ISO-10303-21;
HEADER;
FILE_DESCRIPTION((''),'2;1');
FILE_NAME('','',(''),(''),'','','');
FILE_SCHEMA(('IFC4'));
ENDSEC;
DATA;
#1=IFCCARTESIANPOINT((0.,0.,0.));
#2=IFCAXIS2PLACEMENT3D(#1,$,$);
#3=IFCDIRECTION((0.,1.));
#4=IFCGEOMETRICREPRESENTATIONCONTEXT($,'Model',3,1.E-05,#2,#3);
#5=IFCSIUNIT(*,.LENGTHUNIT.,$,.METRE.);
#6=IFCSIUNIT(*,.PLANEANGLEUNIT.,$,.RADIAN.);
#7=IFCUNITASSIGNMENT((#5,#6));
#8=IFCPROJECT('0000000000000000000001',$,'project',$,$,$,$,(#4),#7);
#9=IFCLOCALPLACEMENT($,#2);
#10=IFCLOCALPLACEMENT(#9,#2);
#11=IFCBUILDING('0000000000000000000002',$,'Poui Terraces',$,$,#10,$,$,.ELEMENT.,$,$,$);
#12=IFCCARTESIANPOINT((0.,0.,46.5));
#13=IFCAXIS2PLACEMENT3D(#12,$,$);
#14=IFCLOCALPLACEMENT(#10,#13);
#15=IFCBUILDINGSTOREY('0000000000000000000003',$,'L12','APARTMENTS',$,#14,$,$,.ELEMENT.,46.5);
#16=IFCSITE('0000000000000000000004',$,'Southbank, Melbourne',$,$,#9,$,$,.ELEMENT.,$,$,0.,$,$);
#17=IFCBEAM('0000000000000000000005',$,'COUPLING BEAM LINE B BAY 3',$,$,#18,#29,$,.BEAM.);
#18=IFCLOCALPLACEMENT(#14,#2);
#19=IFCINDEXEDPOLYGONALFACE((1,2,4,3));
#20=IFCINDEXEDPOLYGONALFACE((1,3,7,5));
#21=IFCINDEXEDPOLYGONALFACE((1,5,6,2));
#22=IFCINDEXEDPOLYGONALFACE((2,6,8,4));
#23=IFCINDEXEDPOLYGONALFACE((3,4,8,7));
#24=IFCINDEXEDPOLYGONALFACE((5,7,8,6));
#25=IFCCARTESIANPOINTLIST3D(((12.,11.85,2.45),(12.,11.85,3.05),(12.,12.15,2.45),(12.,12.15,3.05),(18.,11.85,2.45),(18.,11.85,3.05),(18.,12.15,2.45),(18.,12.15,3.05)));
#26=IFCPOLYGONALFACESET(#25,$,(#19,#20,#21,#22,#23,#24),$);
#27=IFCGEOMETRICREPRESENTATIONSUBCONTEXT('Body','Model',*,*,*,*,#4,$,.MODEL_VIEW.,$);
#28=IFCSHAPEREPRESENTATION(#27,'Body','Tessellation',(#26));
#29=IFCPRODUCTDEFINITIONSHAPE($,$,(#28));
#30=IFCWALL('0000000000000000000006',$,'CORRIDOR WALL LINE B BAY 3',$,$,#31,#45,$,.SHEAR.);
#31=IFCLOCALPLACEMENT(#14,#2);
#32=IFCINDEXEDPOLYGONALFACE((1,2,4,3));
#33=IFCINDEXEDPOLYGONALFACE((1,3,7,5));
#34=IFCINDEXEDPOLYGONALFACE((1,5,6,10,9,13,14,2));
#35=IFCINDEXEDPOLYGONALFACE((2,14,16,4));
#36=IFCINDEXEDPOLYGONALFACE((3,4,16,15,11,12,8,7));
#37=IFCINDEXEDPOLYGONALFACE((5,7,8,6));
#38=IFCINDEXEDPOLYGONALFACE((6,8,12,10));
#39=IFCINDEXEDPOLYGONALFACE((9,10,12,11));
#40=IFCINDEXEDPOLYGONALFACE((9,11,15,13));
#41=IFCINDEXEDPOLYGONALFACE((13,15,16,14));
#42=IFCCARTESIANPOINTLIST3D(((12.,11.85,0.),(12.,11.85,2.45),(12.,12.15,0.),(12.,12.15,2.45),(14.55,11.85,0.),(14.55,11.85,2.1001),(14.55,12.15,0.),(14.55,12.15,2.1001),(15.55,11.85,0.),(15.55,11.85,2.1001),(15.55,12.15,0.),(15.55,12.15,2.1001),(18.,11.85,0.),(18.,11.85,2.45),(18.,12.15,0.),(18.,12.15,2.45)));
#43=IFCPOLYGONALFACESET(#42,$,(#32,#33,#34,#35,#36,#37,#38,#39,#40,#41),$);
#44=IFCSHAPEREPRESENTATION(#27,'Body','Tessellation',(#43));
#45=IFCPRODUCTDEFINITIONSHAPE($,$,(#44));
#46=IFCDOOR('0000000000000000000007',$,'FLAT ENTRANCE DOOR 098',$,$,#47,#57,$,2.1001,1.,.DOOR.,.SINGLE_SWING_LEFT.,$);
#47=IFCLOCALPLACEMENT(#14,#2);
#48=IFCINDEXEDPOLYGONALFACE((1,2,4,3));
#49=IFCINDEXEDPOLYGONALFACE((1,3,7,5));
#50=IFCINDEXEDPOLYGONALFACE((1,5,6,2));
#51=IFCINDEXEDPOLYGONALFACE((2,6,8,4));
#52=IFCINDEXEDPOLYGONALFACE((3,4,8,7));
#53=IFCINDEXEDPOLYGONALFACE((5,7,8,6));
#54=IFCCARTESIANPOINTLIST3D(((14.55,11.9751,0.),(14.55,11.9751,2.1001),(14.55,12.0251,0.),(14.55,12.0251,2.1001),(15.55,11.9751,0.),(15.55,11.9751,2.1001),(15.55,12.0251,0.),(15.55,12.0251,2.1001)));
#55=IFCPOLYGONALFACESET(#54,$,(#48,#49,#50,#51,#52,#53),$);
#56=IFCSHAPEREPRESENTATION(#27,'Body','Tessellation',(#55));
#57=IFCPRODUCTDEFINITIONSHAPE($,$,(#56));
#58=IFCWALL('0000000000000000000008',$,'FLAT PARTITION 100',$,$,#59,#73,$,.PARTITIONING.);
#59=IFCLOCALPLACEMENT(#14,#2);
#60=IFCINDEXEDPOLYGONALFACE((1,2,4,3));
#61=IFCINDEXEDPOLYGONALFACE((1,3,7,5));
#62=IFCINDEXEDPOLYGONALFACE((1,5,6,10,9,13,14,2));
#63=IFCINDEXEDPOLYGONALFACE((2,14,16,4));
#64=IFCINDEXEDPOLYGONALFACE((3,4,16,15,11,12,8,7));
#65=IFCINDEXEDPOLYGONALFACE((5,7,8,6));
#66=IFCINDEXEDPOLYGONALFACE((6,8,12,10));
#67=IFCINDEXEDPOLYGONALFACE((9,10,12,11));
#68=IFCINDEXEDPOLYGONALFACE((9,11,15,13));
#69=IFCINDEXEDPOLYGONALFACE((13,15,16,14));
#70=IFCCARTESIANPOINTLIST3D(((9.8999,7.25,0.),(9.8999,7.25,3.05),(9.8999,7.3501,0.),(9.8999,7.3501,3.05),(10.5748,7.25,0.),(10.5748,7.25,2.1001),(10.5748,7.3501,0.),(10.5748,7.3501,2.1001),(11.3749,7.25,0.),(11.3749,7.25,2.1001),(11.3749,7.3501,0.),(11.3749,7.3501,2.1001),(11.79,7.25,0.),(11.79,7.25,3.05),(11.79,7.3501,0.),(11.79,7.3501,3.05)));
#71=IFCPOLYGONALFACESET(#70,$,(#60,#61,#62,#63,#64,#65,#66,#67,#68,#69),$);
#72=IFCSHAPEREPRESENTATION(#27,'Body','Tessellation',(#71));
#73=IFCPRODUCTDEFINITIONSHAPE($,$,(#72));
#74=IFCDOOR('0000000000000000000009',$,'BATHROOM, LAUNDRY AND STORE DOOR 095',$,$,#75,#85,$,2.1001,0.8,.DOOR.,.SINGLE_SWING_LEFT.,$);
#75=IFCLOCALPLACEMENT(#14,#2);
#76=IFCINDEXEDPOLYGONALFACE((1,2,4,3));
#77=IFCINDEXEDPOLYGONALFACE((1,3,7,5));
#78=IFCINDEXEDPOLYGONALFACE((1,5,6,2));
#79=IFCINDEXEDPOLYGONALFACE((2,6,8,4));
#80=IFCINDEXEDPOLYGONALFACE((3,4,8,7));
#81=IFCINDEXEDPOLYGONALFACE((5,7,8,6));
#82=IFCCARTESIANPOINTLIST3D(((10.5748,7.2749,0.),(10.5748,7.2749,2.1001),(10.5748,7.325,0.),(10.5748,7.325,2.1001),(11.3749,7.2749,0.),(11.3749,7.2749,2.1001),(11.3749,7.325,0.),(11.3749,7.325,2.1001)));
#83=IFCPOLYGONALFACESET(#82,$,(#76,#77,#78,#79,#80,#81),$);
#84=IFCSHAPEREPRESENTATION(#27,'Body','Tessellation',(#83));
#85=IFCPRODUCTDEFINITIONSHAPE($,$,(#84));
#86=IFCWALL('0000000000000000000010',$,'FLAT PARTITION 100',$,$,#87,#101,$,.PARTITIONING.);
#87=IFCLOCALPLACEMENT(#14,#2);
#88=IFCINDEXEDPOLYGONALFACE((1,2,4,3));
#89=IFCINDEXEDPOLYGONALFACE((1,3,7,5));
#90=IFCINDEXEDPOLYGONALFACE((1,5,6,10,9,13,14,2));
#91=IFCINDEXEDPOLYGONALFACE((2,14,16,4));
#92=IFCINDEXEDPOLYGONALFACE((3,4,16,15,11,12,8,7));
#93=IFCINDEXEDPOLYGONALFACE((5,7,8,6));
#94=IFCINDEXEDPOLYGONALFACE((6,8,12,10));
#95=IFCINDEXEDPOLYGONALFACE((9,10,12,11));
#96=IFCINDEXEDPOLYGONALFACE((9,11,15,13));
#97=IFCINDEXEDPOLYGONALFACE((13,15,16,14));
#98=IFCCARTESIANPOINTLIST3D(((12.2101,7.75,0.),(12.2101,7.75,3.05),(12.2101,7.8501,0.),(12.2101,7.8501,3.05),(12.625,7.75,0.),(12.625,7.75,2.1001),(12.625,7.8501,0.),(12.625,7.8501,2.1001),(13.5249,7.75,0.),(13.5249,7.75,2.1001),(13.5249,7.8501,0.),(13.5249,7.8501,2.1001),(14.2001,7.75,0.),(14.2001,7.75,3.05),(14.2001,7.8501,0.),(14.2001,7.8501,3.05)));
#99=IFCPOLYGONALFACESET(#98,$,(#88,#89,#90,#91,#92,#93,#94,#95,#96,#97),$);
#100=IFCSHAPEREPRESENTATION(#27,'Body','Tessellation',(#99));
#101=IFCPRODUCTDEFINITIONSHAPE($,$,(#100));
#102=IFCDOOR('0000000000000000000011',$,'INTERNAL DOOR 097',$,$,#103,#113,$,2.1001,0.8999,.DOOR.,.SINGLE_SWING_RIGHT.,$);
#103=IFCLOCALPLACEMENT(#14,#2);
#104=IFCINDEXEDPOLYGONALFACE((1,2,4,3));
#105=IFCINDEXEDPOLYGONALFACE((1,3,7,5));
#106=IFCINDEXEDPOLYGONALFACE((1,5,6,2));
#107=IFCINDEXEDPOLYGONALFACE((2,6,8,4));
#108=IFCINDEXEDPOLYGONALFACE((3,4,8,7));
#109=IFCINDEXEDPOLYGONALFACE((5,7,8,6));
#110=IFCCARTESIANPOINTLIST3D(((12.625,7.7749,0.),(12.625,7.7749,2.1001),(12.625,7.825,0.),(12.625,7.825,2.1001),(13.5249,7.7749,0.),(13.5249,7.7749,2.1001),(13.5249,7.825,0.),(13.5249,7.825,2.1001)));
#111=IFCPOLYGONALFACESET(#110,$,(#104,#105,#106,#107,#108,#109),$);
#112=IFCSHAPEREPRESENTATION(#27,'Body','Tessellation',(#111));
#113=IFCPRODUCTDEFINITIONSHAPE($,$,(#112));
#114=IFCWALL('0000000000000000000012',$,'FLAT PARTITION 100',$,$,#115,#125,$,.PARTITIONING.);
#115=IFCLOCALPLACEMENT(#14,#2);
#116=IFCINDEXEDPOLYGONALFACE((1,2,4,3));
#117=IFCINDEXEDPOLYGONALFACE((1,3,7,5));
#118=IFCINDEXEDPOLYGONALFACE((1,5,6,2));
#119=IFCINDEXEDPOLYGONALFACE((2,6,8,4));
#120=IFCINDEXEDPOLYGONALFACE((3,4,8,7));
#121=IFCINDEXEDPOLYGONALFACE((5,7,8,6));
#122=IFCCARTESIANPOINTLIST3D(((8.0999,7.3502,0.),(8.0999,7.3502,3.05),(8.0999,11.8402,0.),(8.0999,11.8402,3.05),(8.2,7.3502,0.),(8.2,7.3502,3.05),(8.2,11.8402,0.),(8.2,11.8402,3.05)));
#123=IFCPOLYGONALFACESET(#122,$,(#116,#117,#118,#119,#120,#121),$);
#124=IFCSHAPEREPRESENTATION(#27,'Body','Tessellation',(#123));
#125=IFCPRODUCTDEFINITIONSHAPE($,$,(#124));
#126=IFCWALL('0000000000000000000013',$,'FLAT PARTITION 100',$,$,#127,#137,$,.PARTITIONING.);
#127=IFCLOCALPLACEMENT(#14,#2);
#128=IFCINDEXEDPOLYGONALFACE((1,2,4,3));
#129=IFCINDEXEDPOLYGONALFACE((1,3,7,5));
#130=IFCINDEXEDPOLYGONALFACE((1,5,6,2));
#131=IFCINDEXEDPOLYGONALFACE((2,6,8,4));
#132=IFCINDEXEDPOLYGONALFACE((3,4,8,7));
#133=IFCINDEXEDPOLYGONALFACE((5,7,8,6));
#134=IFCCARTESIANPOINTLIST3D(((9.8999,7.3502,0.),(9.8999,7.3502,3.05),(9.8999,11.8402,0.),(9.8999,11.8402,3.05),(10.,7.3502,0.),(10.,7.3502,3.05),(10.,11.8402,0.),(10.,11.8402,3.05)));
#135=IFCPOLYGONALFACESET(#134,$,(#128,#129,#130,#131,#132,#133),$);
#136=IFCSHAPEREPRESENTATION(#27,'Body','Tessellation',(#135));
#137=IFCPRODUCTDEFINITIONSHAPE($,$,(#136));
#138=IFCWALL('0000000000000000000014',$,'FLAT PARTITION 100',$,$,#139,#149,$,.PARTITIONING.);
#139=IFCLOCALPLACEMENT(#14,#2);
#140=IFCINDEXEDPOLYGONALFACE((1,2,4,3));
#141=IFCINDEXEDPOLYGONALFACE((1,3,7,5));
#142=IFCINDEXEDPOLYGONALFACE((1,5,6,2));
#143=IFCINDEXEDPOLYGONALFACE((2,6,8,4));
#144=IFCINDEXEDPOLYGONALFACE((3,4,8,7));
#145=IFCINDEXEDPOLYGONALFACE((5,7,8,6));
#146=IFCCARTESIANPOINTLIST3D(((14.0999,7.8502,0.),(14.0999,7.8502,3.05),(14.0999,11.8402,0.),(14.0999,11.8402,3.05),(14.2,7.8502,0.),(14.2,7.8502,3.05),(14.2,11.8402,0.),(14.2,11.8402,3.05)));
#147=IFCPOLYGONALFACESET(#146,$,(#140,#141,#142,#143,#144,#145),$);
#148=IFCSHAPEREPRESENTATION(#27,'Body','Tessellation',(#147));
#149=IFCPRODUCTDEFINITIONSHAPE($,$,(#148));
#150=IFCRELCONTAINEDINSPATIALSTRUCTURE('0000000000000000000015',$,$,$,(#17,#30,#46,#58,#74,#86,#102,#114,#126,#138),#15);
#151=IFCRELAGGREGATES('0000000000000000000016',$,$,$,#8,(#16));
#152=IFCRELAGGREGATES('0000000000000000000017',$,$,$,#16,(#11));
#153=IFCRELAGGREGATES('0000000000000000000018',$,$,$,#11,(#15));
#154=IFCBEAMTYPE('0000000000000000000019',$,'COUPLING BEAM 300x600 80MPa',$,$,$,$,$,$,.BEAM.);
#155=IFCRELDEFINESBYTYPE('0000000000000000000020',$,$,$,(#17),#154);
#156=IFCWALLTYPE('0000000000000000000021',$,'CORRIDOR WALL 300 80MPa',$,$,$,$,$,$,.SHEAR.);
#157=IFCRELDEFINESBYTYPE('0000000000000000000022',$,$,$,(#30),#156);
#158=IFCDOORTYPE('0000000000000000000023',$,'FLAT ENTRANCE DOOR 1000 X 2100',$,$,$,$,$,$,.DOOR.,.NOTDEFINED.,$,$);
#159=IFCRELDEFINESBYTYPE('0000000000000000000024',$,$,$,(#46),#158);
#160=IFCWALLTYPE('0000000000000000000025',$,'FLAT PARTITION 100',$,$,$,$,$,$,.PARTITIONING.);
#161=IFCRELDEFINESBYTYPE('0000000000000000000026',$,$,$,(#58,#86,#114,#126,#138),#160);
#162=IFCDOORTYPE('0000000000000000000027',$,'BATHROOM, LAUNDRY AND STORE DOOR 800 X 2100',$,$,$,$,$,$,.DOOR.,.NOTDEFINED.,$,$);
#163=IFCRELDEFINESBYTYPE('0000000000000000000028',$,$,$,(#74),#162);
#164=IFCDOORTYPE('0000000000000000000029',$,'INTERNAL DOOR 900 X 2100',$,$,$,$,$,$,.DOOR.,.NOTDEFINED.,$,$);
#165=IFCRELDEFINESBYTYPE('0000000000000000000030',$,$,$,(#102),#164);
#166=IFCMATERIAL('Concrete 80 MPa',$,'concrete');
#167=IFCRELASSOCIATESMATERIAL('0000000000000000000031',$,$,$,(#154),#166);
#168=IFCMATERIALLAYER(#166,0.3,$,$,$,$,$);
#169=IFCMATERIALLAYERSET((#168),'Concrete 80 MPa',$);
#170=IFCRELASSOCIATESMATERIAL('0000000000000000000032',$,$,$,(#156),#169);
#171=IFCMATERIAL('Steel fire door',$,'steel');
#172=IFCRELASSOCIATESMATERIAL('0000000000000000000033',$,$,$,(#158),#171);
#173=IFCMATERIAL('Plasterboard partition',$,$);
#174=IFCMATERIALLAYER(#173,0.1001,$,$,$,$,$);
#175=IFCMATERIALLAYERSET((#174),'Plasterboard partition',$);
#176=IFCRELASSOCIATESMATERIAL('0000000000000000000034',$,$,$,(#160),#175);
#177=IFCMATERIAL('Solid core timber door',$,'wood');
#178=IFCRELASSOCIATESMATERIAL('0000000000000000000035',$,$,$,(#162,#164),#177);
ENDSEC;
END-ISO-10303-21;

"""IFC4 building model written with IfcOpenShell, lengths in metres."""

from ifc_helpers import new_model, si_unit, direction, frame, frame_2d, origin, origin_2d, place, context, subcontext, project, spatial, rectangle, extrude, source, transform, mapped, material, layer, layer_set, material_profile, profile_set, type_object, element, fill, save


model = new_model("IFC4")

# Units and contexts
model_context = context("Model", 3, precision=1e-05, world=origin(), true_north=direction((0.0, 1.0)))
body_context = subcontext(model_context, "Body", "Model", "MODEL_VIEW")
ifc_project = project(units=[si_unit("LENGTHUNIT", "METRE"), si_unit("PLANEANGLEUNIT", "RADIAN")], contexts=[model_context])

# Site, building, storey
site_placement = place(None, origin())
site = spatial("IfcSite", under=ifc_project, at=site_placement, Name="Southbank, Melbourne", CompositionType="ELEMENT", RefElevation=0.0)
building_placement = place(site_placement, origin())
building = spatial("IfcBuilding", under=site, at=building_placement, Name="Poui Terraces", CompositionType="ELEMENT")
storey_placement = place(building_placement, frame((0.0, 0.0, 46.5)))
storey = spatial("IfcBuildingStorey", under=building, at=storey_placement, Name="L12", Description="APARTMENTS", CompositionType="ELEMENT", Elevation=46.5)

# Beam
ifc_material_1 = material(Name="Concrete 80 MPa", Category="concrete")
ifc_material_profile = material_profile(ifc_material_1, rectangle(XDim=0.3, YDim=0.6001, at=origin_2d()), Name="RC 300x600")
ifc_profile_set = profile_set([ifc_material_profile], Name="Concrete 80 MPa")
beam_type = type_object("IfcBeamType", Name="COUPLING BEAM 300x600 80MPa", PredefinedType="BEAM", material=ifc_profile_set)
shared_shape = source(origin(), body_context, "Body", "SweptSolid", [
    extrude(rectangle(XDim=0.3, YDim=0.6001, at=origin_2d()), origin(), (0.0, 0.0, 1.0), 6.0),
])
beam_placement = place(storey_placement, frame((12.0, 12.0, 2.75), z_axis=(1.0, 0.0, 0.0), x_axis=(0.0, 1.0, 0.0)))
element("IfcBeam", 1, at=beam_placement, inside=storey, type_object=beam_type, Name="COUPLING BEAM LINE B BAY 3", PredefinedType="BEAM", context=body_context, shape_type="MappedRepresentation", body=[
    mapped(shared_shape, transform((0.0, 0.0, 0.0))),
])

# Walls, openings, doors
ifc_layer_1 = layer(ifc_material_1, 0.3)
ifc_layer_set_1 = layer_set([ifc_layer_1], Name="Concrete 80 MPa")
wall_type_1 = type_object("IfcWallType", Name="CORRIDOR WALL 300 80MPa", PredefinedType="SHEAR", material=ifc_layer_set_1)
wall_1_placement = place(storey_placement, frame((12.0, 12.0, 0.0), z_axis=(0.0, 0.0, 1.0), x_axis=(1.0, 0.0, 0.0)))
wall_1 = element("IfcWall", 2, at=wall_1_placement, inside=storey, type_object=wall_type_1, Name="CORRIDOR WALL LINE B BAY 3", PredefinedType="SHEAR", context=body_context, shape_type="SweptSolid", body=[
    extrude(rectangle(XDim=6.0, YDim=0.3, at=frame_2d((3.0, 0.0))), origin(), (0.0, 0.0, 1.0), 2.45),
])
opening_1_placement = place(wall_1_placement, frame((2.55, 0.0, 0.0)))
opening_1 = element("IfcOpeningElement", 3, at=opening_1_placement, cuts=wall_1, PredefinedType="OPENING", context=body_context, shape_type="SweptSolid", body=[
    extrude(rectangle(XDim=1.0, YDim=2.1001, at=frame_2d((0.5, 1.05))), frame((0.0, 0.1602, 0.0), z_axis=(0.0, -1.0, 0.0), x_axis=(1.0, 0.0, 0.0)), (0.0, 0.0, 1.0), 0.3201),
])
ifc_material_2 = material(Name="Steel fire door", Category="steel")
door_type_1 = type_object("IfcDoorType", Name="FLAT ENTRANCE DOOR 1000 X 2100", OperationType="NOTDEFINED", PredefinedType="DOOR", material=ifc_material_2)
door_1_placement = place(opening_1_placement, frame((1.0, 0.0, 0.0), z_axis=(0.0, 0.0, 1.0), x_axis=(-1.0, 0.0, 0.0)))
door_1 = element("IfcDoor", 4, at=door_1_placement, inside=storey, type_object=door_type_1, Name="FLAT ENTRANCE DOOR 098", OperationType="SINGLE_SWING_LEFT", OverallHeight=2.1001, OverallWidth=1.0, PredefinedType="DOOR", context=body_context, shape_type="SweptSolid", body=[
    extrude(rectangle(XDim=1.0, YDim=2.1001, at=frame_2d((0.5, 1.05))), frame((0.0, 0.0249, 0.0), z_axis=(0.0, -1.0, 0.0), x_axis=(1.0, 0.0, 0.0)), (0.0, 0.0, 1.0), 0.05),
])
fill(opening_1, door_1)
ifc_material_3 = material(Name="Plasterboard partition")
ifc_layer_2 = layer(ifc_material_3, 0.1001)
ifc_layer_set_2 = layer_set([ifc_layer_2], Name="Plasterboard partition")
wall_type_2 = type_object("IfcWallType", Name="FLAT PARTITION 100", PredefinedType="PARTITIONING", material=ifc_layer_set_2)
wall_2_placement = place(storey_placement, frame((9.8999, 7.3, 0.0), z_axis=(0.0, 0.0, 1.0), x_axis=(1.0, 0.0, 0.0)))
wall_2 = element("IfcWall", 5, at=wall_2_placement, inside=storey, type_object=wall_type_2, Name="FLAT PARTITION 100", PredefinedType="PARTITIONING", context=body_context, shape_type="SweptSolid", body=[
    extrude(rectangle(XDim=1.8901, YDim=0.1001, at=frame_2d((0.9451, 0.0))), origin(), (0.0, 0.0, 1.0), 3.05),
])
opening_2_placement = place(wall_2_placement, frame((0.675, 0.0, 0.0)))
opening_2 = element("IfcOpeningElement", 6, at=opening_2_placement, cuts=wall_2, PredefinedType="OPENING", context=body_context, shape_type="SweptSolid", body=[
    extrude(rectangle(XDim=0.8, YDim=2.1001, at=frame_2d((0.3999, 1.05))), frame((0.0, 0.0601, 0.0), z_axis=(0.0, -1.0, 0.0), x_axis=(1.0, 0.0, 0.0)), (0.0, 0.0, 1.0), 0.1201),
])
ifc_material_4 = material(Name="Solid core timber door", Category="wood")
door_type_2 = type_object("IfcDoorType", Name="BATHROOM, LAUNDRY AND STORE DOOR 800 X 2100", OperationType="NOTDEFINED", PredefinedType="DOOR", material=ifc_material_4)
door_2_placement = place(opening_2_placement, origin())
door_2 = element("IfcDoor", 7, at=door_2_placement, inside=storey, type_object=door_type_2, Name="BATHROOM, LAUNDRY AND STORE DOOR 095", OperationType="SINGLE_SWING_LEFT", OverallHeight=2.1001, OverallWidth=0.8, PredefinedType="DOOR", context=body_context, shape_type="SweptSolid", body=[
    extrude(rectangle(XDim=0.8, YDim=2.1001, at=frame_2d((0.3999, 1.05))), frame((0.0, 0.0249, 0.0), z_axis=(0.0, -1.0, 0.0), x_axis=(1.0, 0.0, 0.0)), (0.0, 0.0, 1.0), 0.05),
])
fill(opening_2, door_2)
wall_3_placement = place(storey_placement, frame((12.21, 7.8, 0.0), z_axis=(0.0, 0.0, 1.0), x_axis=(1.0, 0.0, 0.0)))
wall_3 = element("IfcWall", 8, at=wall_3_placement, inside=storey, type_object=wall_type_2, Name="FLAT PARTITION 100", PredefinedType="PARTITIONING", context=body_context, shape_type="SweptSolid", body=[
    extrude(rectangle(XDim=1.99, YDim=0.1001, at=frame_2d((0.9951, 0.0))), origin(), (0.0, 0.0, 1.0), 3.05),
])
opening_3_placement = place(wall_3_placement, frame((0.415, 0.0, 0.0)))
opening_3 = element("IfcOpeningElement", 9, at=opening_3_placement, cuts=wall_3, PredefinedType="OPENING", context=body_context, shape_type="SweptSolid", body=[
    extrude(rectangle(XDim=0.8999, YDim=2.1001, at=frame_2d((0.45, 1.05))), frame((0.0, 0.0601, 0.0), z_axis=(0.0, -1.0, 0.0), x_axis=(1.0, 0.0, 0.0)), (0.0, 0.0, 1.0), 0.1201),
])
door_type_3 = type_object("IfcDoorType", Name="INTERNAL DOOR 900 X 2100", OperationType="NOTDEFINED", PredefinedType="DOOR", material=ifc_material_4)
door_3_placement = place(opening_3_placement, origin())
door_3 = element("IfcDoor", 10, at=door_3_placement, inside=storey, type_object=door_type_3, Name="INTERNAL DOOR 097", OperationType="SINGLE_SWING_RIGHT", OverallHeight=2.1001, OverallWidth=0.8999, PredefinedType="DOOR", context=body_context, shape_type="SweptSolid", body=[
    extrude(rectangle(XDim=0.8999, YDim=2.1001, at=frame_2d((0.45, 1.05))), frame((0.0, 0.0249, 0.0), z_axis=(0.0, -1.0, 0.0), x_axis=(1.0, 0.0, 0.0)), (0.0, 0.0, 1.0), 0.05),
])
fill(opening_3, door_3)

# Walls
for number, where, z_axis, x_axis, name in (
    (11, (8.1499, 7.3501, 0.0), (0.0, 0.0, 1.0), (0.0, 1.0, 0.0), "FLAT PARTITION 100"),
    (12, (9.95, 7.3501, 0.0), (0.0, 0.0, 1.0), (0.0, 1.0, 0.0), "FLAT PARTITION 100"),
):
    element("IfcWall", number, at=place(storey_placement, frame(where, z_axis=z_axis, x_axis=x_axis)), inside=storey, type_object=wall_type_2, Name=name, PredefinedType="PARTITIONING", context=body_context, shape_type="SweptSolid", body=[
        extrude(rectangle(XDim=4.49, YDim=0.1001, at=frame_2d((2.2451, 0.0))), origin(), (0.0, 0.0, 1.0), 3.05),
    ])
wall_4_placement = place(storey_placement, frame((14.1499, 7.8501, 0.0), z_axis=(0.0, 0.0, 1.0), x_axis=(0.0, 1.0, 0.0)))
element("IfcWall", 13, at=wall_4_placement, inside=storey, type_object=wall_type_2, Name="FLAT PARTITION 100", PredefinedType="PARTITIONING", context=body_context, shape_type="SweptSolid", body=[
    extrude(rectangle(XDim=3.99, YDim=0.1001, at=frame_2d((1.9951, 0.0))), origin(), (0.0, 0.0, 1.0), 3.05),
])

save(model, "model.ifc")
